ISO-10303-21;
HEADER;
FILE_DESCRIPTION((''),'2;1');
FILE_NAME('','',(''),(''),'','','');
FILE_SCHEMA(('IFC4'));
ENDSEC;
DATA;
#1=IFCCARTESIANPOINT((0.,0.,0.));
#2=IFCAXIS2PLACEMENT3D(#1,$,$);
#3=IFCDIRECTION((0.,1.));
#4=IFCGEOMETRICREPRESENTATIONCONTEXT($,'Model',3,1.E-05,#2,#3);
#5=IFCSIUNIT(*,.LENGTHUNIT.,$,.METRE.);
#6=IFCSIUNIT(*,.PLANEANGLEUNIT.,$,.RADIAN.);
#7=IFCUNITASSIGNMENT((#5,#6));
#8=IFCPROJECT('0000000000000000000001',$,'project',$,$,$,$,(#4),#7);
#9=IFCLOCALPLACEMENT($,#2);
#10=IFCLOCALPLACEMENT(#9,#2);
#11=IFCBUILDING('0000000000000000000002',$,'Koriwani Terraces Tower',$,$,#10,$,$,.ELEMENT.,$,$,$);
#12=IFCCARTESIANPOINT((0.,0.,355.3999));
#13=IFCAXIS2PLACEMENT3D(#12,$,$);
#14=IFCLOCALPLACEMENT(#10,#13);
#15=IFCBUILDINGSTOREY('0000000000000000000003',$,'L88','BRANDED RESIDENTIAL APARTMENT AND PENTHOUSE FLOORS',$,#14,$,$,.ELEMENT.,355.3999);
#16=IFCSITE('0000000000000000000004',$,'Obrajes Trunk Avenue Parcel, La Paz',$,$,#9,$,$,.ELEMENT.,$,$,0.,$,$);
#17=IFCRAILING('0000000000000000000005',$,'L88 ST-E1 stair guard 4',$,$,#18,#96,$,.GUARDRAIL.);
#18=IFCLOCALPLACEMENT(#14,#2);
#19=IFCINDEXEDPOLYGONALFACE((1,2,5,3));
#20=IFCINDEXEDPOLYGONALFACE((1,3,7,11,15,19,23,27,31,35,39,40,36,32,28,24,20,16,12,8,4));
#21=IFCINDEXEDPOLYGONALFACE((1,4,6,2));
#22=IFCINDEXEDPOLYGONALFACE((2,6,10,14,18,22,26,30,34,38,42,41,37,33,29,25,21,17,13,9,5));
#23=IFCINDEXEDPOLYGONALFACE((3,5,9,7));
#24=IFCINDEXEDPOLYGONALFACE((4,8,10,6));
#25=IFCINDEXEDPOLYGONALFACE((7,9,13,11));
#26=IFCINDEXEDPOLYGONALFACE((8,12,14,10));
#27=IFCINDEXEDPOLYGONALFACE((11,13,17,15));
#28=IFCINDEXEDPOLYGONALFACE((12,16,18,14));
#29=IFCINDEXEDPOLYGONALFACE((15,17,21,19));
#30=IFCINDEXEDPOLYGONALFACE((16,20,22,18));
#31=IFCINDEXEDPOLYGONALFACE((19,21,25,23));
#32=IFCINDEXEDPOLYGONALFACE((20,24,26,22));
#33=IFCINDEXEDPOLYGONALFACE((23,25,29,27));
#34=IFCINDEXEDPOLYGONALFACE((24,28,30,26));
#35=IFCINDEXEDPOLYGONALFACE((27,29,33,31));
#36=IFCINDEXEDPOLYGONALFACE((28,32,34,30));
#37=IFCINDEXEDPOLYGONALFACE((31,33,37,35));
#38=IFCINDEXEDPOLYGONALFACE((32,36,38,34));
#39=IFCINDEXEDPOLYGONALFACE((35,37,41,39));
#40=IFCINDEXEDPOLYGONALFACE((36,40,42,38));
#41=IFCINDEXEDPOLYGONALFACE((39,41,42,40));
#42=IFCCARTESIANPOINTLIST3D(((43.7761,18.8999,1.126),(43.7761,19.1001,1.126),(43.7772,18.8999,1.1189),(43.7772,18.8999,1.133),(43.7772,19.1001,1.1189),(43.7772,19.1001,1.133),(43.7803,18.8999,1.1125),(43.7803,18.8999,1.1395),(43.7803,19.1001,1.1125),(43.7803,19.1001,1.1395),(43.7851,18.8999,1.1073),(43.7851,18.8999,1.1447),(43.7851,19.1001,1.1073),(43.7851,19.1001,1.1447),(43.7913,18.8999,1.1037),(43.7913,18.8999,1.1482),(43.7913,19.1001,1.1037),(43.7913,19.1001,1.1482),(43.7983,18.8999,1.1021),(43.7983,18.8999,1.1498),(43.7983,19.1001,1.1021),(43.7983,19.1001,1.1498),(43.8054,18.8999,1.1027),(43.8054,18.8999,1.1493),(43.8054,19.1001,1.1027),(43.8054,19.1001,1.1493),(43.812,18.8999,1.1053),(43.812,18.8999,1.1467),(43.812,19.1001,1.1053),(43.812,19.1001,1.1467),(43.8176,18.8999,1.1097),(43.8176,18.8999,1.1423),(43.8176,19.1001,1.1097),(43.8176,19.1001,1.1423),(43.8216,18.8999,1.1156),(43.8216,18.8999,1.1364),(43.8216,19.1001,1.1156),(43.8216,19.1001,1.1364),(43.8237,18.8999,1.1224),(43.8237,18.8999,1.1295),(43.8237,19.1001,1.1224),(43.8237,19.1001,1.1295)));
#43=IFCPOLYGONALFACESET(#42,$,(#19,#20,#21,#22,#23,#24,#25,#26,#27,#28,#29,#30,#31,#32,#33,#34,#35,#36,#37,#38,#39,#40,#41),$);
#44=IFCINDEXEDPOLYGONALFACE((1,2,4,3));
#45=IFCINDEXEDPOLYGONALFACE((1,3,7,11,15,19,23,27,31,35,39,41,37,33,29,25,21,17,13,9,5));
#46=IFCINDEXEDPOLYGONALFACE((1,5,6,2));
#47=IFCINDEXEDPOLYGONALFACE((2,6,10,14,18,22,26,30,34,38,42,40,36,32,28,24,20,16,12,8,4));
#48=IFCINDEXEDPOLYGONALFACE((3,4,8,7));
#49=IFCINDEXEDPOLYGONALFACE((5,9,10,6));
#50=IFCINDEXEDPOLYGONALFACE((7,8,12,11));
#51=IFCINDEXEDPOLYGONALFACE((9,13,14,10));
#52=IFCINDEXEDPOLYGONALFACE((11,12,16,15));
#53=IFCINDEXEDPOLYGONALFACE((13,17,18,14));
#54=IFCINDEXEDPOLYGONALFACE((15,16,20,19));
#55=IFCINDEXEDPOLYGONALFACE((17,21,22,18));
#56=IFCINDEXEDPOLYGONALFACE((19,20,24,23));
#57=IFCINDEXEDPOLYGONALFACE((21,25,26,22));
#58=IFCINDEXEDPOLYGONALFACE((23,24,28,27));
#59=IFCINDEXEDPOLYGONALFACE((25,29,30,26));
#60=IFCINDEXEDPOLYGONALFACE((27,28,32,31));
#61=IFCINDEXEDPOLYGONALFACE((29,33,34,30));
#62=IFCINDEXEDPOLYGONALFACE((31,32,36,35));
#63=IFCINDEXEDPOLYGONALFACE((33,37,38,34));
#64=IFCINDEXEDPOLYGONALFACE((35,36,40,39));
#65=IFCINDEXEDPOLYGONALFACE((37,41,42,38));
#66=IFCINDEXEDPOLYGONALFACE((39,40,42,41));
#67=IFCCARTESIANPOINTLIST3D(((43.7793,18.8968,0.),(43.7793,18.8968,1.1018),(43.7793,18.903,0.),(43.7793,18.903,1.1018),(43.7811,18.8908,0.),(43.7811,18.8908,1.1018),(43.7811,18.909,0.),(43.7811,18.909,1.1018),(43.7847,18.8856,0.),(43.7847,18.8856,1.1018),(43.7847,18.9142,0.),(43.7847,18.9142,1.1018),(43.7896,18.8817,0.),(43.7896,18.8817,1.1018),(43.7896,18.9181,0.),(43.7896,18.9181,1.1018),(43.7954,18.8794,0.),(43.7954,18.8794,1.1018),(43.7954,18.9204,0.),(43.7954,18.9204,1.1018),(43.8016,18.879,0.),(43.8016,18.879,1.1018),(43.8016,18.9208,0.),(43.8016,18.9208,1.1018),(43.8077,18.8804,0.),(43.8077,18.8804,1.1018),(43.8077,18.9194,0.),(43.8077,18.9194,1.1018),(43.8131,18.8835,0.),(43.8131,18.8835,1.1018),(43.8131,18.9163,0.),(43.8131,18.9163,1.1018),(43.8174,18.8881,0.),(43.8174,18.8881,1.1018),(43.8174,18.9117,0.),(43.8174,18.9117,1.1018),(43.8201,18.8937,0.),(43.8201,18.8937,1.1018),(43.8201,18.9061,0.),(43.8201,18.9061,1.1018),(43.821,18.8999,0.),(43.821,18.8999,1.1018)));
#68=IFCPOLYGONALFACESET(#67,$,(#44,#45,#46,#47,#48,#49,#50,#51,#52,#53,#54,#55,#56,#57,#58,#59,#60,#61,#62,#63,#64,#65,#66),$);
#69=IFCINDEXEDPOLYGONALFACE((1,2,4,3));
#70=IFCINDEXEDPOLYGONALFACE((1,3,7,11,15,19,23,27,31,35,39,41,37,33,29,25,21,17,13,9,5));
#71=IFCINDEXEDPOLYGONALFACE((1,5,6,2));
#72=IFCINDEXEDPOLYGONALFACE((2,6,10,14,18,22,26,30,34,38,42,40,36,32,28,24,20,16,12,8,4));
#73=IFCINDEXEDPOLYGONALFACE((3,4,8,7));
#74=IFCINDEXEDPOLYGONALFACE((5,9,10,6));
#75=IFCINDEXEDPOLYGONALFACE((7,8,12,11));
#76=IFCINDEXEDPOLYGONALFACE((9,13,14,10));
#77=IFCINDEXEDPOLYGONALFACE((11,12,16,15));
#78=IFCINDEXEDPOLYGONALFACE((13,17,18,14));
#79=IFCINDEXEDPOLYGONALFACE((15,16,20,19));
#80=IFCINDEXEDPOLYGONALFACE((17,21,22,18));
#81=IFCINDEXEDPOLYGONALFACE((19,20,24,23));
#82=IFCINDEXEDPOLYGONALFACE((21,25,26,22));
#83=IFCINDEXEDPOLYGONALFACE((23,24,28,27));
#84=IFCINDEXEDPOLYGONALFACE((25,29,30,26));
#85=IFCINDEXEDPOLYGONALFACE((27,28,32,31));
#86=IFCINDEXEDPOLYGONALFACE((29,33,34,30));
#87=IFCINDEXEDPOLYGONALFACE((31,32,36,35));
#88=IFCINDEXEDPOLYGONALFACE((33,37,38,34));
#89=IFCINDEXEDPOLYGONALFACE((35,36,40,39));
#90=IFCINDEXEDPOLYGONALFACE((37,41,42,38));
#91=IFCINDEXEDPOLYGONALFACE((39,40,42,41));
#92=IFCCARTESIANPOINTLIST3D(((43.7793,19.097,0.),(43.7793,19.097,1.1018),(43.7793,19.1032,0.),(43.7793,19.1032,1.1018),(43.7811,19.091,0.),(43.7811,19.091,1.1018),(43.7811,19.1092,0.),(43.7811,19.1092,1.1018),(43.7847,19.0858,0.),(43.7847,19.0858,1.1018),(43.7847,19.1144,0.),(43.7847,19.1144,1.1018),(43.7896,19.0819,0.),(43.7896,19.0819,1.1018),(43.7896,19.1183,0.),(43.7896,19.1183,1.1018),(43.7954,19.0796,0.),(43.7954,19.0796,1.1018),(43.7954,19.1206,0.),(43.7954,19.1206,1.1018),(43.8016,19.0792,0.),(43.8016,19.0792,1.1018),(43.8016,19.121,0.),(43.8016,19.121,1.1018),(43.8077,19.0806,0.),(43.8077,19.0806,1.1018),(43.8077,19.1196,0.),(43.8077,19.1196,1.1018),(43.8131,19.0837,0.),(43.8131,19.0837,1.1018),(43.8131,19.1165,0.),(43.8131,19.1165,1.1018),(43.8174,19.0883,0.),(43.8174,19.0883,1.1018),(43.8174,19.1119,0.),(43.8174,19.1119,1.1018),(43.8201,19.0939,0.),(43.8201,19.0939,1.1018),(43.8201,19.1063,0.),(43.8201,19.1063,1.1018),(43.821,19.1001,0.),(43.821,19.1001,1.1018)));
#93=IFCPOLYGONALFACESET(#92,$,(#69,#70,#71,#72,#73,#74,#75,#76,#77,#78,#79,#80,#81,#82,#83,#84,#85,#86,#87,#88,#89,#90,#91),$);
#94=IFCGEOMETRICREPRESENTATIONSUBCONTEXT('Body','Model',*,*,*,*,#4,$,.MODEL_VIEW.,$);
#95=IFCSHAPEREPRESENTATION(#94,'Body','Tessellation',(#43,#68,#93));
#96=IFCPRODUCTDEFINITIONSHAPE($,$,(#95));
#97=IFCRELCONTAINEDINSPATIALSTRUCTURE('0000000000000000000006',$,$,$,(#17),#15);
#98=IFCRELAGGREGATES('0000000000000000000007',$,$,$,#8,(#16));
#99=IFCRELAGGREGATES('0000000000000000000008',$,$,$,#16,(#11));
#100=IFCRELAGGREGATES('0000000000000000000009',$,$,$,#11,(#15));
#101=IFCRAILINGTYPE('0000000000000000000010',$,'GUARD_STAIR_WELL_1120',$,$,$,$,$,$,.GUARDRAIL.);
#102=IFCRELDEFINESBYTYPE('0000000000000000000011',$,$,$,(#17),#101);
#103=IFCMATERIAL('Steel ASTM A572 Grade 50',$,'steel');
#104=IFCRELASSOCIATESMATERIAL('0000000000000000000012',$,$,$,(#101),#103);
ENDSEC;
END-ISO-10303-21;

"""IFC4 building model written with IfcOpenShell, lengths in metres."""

from ifc_helpers import new_model, si_unit, direction, frame, origin, origin_2d, place, context, subcontext, project, spatial, circle, extrude, material, type_object, element, save


model = new_model("IFC4")

# Units and contexts
model_context = context("Model", 3, precision=1e-05, world=origin(), true_north=direction((0.0, 1.0)))
body_context = subcontext(model_context, "Body", "Model", "MODEL_VIEW")
ifc_project = project(units=[si_unit("LENGTHUNIT", "METRE"), si_unit("PLANEANGLEUNIT", "RADIAN")], contexts=[model_context])

# Site, building, storey
site_placement = place(None, origin())
site = spatial("IfcSite", under=ifc_project, at=site_placement, Name="Obrajes Trunk Avenue Parcel, La Paz", CompositionType="ELEMENT", RefElevation=0.0)
building_placement = place(site_placement, origin())
building = spatial("IfcBuilding", under=site, at=building_placement, Name="Koriwani Terraces Tower", CompositionType="ELEMENT")
storey_placement = place(building_placement, frame((0.0, 0.0, 355.3999)))
storey = spatial("IfcBuildingStorey", under=building, at=storey_placement, Name="L88", Description="BRANDED RESIDENTIAL APARTMENT AND PENTHOUSE FLOORS", CompositionType="ELEMENT", Elevation=355.3999)

# Shared definitions
ifc_material_1 = material(Name="Steel ASTM A572 Grade 50", Category="steel")

# Railing
railing_type_1 = type_object("IfcRailingType", Name="GUARD_STAIR_WELL_1120", PredefinedType="GUARDRAIL", material=ifc_material_1)
railing_1_placement = place(storey_placement, frame((43.8, 18.8999, 0.0)))
element("IfcRailing", 1, at=railing_1_placement, inside=storey, type_object=railing_type_1, Name="L88 ST-E1 stair guard 4", PredefinedType="GUARDRAIL", context=body_context, shape_type="SweptSolid", body=[
    extrude(circle(Radius=0.0239, at=origin_2d()), frame((0.0, 0.0, 1.126), z_axis=(0.0, 1.0, 0.0), x_axis=(-1.0, 0.0, 0.0)), (0.0, 0.0, 1.0), 0.2002),
    extrude(circle(Radius=0.021, at=origin_2d()), origin(), (0.0, 0.0, 1.0), 1.1018),
    extrude(circle(Radius=0.021, at=origin_2d()), frame((0.0, 0.2002, 0.0)), (0.0, 0.0, 1.0), 1.1018),
])

save(model, "model.ifc")
